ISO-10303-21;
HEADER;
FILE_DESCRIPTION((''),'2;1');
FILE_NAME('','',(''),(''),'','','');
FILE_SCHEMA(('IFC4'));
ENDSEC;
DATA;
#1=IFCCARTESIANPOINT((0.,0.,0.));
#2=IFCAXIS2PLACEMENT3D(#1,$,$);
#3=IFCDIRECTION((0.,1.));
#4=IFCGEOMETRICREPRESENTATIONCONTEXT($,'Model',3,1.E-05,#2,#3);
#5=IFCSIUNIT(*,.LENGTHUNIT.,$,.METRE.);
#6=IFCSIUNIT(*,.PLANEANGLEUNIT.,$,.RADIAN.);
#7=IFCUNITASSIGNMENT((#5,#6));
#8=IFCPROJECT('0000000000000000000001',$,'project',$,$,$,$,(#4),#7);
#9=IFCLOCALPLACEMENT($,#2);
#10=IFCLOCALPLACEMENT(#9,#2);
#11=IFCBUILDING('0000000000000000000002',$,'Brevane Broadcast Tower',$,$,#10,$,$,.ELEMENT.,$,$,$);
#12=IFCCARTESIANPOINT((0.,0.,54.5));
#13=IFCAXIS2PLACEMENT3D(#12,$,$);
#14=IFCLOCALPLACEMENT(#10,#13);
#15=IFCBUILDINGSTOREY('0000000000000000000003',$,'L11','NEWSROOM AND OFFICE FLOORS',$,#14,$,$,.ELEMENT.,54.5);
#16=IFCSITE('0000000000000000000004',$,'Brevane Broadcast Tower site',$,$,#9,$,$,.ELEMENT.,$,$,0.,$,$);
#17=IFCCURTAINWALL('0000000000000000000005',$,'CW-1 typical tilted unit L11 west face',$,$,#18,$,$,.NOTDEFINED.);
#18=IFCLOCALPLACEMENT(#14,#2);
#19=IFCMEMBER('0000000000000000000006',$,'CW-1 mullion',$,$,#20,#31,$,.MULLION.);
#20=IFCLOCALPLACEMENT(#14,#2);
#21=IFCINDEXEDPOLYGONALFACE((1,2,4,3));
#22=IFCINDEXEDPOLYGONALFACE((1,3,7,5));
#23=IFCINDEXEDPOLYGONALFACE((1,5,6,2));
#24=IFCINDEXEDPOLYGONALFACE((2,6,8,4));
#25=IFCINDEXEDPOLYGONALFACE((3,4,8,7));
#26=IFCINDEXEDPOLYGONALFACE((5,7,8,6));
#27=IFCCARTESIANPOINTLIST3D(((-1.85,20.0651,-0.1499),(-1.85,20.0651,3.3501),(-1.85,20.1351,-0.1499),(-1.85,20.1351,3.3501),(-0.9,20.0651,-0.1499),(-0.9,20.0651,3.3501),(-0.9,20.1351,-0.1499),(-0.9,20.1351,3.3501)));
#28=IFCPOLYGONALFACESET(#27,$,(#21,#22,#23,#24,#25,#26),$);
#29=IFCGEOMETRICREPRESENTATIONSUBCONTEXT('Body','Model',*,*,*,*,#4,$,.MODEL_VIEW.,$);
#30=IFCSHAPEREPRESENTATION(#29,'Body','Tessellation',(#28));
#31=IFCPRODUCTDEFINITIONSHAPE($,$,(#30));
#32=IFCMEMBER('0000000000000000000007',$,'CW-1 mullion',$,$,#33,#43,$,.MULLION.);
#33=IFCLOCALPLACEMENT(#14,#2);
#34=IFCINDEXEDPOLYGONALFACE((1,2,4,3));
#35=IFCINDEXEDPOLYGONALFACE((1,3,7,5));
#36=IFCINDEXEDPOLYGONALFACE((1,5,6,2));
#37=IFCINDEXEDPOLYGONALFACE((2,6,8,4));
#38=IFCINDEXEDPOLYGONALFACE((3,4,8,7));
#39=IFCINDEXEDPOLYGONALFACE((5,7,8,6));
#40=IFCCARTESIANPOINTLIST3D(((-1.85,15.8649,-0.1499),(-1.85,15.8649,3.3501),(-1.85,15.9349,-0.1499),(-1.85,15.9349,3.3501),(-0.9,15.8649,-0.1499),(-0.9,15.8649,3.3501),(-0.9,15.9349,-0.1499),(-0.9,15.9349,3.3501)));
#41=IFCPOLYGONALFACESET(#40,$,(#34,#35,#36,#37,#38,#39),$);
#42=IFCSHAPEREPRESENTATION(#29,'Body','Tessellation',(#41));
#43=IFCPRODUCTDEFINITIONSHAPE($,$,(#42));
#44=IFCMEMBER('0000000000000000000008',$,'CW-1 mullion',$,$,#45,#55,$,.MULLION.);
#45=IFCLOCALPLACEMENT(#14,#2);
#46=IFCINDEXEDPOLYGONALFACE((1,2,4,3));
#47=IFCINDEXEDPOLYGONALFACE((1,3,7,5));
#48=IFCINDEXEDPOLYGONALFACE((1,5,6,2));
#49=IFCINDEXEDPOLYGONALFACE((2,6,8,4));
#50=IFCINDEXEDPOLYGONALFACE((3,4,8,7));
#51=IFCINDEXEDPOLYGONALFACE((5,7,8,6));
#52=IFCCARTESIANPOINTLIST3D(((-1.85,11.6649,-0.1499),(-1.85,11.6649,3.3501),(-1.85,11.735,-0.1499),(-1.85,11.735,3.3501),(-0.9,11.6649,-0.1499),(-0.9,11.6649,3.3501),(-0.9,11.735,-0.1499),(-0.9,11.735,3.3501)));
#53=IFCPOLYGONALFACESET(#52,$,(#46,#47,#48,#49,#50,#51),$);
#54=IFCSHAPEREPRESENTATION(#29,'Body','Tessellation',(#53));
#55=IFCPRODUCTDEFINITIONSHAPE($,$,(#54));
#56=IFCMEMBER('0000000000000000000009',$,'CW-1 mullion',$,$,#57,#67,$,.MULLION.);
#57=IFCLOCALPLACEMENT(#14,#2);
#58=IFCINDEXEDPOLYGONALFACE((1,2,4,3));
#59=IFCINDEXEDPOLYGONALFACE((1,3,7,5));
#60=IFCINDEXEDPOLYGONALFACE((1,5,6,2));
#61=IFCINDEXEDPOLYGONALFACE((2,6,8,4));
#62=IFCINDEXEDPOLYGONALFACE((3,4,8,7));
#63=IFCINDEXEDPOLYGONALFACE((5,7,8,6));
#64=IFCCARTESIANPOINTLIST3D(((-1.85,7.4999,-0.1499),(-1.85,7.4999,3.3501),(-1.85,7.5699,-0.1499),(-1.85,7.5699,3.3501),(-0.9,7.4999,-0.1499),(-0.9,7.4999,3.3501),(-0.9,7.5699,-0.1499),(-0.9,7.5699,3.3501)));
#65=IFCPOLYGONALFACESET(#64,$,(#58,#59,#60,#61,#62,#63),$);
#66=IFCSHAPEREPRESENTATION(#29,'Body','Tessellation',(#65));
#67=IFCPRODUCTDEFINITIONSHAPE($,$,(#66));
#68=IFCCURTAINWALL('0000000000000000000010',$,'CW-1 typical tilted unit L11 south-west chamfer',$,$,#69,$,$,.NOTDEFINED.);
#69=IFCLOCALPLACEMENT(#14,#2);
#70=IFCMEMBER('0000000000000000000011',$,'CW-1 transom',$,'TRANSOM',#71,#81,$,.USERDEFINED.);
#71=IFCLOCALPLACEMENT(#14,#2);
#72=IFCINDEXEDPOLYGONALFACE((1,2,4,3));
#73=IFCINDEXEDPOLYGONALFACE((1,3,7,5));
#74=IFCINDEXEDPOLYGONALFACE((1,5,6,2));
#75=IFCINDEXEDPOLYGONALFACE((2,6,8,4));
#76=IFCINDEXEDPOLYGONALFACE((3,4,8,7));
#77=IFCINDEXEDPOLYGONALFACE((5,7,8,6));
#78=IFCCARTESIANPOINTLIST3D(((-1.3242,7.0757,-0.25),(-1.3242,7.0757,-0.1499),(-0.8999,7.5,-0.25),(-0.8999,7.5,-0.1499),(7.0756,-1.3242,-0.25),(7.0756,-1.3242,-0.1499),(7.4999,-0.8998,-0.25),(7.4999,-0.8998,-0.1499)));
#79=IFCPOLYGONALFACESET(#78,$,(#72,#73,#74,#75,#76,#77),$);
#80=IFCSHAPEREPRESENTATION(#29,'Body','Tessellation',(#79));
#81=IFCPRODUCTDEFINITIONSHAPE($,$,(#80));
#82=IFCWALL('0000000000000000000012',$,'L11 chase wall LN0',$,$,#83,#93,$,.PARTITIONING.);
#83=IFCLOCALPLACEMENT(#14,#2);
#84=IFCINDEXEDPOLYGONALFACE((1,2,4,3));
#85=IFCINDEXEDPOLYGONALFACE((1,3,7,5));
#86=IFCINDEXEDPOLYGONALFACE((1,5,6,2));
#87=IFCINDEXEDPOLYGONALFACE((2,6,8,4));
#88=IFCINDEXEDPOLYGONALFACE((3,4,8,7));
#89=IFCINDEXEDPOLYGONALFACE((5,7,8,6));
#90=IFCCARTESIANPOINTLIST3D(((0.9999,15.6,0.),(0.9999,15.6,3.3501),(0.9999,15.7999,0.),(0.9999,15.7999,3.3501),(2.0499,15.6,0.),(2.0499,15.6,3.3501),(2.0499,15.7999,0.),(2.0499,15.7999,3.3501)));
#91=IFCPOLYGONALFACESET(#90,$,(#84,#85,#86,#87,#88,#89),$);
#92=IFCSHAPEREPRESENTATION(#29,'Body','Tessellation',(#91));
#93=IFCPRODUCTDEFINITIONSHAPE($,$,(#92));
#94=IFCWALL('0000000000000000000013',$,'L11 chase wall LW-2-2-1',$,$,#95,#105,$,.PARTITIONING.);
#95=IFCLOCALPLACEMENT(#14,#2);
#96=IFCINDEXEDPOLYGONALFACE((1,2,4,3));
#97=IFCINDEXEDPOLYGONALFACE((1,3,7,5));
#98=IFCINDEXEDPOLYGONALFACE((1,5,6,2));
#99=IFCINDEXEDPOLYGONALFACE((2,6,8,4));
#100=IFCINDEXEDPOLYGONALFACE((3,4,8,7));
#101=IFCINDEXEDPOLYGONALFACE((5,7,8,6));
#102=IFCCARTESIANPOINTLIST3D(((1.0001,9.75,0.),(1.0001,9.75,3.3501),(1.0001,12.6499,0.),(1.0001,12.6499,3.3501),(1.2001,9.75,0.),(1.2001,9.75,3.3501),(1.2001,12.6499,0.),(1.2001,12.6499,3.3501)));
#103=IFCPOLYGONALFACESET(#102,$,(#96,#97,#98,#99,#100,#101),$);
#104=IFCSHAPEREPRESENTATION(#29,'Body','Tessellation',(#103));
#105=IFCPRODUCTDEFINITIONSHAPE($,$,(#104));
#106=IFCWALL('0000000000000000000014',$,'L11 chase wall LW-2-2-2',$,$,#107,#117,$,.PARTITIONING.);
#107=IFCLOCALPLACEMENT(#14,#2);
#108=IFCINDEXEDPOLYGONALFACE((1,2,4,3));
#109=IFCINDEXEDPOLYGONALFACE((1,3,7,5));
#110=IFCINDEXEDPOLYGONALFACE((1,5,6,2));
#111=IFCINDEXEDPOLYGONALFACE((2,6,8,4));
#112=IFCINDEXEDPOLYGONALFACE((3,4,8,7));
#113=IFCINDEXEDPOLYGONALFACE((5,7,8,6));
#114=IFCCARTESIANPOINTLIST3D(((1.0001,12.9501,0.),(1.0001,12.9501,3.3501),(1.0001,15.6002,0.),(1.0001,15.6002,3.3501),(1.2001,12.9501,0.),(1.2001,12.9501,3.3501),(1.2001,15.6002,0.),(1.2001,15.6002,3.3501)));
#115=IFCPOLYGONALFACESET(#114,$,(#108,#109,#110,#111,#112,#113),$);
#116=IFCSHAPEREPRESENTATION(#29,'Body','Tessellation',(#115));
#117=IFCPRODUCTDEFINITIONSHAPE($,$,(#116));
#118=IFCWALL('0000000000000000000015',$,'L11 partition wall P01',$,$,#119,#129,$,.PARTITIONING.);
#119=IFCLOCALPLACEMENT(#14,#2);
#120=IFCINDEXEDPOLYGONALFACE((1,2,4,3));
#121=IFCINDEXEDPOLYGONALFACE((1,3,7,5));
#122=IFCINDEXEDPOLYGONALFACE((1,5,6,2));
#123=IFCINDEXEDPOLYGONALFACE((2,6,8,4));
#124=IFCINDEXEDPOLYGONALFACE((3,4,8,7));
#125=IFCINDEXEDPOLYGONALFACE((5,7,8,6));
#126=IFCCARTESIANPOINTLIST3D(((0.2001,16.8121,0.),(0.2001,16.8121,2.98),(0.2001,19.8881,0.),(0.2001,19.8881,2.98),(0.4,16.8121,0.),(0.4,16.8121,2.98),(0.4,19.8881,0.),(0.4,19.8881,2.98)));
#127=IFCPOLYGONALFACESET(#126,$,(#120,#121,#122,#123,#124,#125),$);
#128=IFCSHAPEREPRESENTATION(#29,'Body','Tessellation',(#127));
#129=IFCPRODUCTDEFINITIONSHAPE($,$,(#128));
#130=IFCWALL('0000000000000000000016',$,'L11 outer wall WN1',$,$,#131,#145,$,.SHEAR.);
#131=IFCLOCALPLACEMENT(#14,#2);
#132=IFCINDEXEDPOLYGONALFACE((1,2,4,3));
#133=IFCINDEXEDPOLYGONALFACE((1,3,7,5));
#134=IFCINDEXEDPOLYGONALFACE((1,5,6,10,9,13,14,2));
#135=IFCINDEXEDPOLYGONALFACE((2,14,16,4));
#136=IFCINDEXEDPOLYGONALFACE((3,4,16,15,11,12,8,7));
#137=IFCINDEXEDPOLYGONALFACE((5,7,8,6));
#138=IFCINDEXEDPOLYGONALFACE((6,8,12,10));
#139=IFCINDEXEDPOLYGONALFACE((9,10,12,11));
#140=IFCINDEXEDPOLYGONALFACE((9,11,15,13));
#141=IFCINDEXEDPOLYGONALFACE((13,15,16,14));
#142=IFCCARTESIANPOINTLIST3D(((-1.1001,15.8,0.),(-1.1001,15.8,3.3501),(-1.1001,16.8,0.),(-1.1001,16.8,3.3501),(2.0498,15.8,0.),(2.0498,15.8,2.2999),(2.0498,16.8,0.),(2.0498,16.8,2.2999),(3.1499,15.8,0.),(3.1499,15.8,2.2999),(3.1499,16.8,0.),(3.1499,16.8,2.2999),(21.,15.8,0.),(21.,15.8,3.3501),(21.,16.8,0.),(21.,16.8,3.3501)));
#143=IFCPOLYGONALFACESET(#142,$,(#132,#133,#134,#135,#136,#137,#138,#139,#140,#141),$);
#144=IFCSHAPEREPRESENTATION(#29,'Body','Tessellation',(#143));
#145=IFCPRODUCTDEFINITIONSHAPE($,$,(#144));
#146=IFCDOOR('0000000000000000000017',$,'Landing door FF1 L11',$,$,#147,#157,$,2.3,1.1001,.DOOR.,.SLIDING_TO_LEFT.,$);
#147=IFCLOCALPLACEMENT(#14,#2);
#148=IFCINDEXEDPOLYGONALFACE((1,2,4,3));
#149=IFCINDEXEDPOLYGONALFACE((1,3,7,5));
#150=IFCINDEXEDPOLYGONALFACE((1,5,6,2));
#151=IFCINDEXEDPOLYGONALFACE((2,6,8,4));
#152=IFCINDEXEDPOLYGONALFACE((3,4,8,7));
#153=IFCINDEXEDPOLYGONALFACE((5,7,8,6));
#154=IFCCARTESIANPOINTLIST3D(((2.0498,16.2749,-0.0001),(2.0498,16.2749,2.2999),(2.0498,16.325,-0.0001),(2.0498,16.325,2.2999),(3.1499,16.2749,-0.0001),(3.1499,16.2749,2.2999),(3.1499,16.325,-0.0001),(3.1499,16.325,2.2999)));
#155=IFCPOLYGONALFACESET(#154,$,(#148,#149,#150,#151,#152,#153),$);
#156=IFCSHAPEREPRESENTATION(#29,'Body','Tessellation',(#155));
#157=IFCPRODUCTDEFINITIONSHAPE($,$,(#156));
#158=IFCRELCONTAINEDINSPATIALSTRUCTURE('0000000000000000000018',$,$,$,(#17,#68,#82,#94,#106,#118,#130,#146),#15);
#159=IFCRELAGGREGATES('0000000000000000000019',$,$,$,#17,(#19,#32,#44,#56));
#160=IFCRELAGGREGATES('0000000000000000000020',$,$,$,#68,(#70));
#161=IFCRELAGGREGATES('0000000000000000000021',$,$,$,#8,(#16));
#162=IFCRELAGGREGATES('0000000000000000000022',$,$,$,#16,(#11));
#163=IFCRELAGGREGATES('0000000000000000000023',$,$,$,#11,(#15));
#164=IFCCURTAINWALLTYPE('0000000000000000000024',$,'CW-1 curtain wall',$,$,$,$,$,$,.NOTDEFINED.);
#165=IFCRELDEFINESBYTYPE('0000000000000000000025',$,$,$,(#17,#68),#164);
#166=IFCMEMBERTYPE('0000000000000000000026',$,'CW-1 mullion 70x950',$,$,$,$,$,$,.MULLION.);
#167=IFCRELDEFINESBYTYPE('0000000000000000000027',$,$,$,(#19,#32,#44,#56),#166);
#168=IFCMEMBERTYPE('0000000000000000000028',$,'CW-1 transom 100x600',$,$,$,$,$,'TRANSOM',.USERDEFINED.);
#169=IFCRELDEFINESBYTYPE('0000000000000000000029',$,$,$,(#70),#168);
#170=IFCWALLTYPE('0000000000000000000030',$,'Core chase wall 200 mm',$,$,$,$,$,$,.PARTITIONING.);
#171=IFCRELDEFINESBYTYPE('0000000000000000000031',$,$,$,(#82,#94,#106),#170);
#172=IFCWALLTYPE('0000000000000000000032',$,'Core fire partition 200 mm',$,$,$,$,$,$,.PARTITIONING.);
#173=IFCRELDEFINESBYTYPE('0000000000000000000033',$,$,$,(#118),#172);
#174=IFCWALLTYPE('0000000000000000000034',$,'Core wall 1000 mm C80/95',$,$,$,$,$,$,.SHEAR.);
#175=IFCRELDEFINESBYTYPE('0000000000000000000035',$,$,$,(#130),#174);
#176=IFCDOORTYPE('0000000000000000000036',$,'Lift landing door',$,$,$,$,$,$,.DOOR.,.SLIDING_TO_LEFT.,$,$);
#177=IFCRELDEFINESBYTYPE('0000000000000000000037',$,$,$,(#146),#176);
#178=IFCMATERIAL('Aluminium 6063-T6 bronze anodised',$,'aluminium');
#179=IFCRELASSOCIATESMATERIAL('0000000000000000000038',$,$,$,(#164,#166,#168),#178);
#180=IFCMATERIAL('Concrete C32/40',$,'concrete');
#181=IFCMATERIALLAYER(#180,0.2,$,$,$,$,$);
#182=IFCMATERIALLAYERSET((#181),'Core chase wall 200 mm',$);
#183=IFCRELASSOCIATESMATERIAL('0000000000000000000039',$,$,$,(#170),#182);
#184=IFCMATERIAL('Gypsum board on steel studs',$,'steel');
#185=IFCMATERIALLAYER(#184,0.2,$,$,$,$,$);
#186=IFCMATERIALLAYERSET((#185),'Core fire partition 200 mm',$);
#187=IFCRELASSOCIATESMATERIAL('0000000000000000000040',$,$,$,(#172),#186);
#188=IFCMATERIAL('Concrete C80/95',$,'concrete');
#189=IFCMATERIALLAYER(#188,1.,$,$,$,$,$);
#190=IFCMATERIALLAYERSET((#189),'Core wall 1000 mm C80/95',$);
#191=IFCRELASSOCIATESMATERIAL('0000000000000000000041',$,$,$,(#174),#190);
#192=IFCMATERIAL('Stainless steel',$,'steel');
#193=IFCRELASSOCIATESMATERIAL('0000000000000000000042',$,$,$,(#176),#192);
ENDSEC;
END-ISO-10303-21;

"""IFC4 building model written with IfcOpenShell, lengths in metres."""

from ifc_helpers import new_model, si_unit, direction, frame, frame_2d, origin, origin_2d, place, context, subcontext, project, spatial, rectangle, extrude, material, layer, layer_set, material_profile, profile_set, type_object, element, fill, aggregate, save


model = new_model("IFC4")

# Units and contexts
model_context = context("Model", 3, precision=1e-05, world=origin(), true_north=direction((0.0, 1.0)))
body_context = subcontext(model_context, "Body", "Model", "MODEL_VIEW")
ifc_project = project(units=[si_unit("LENGTHUNIT", "METRE"), si_unit("PLANEANGLEUNIT", "RADIAN")], contexts=[model_context])

# Site, building, storey
site_placement = place(None, origin())
site = spatial("IfcSite", under=ifc_project, at=site_placement, Name="Brevane Broadcast Tower site", CompositionType="ELEMENT", RefElevation=0.0)
building_placement = place(site_placement, origin())
building = spatial("IfcBuilding", under=site, at=building_placement, Name="Brevane Broadcast Tower", CompositionType="ELEMENT")
storey_placement = place(building_placement, frame((0.0, 0.0, 54.5)))
storey = spatial("IfcBuildingStorey", under=building, at=storey_placement, Name="L11", Description="NEWSROOM AND OFFICE FLOORS", CompositionType="ELEMENT", Elevation=54.5)

# Curtain wall, members
ifc_material_1 = material(Name="Aluminium 6063-T6 bronze anodised", Category="aluminium")
curtain_wall_type = type_object("IfcCurtainWallType", Name="CW-1 curtain wall", PredefinedType="NOTDEFINED", material=ifc_material_1)
curtain_wall_1_placement = place(storey_placement, origin())
curtain_wall_1 = element("IfcCurtainWall", 1, at=curtain_wall_1_placement, inside=storey, type_object=curtain_wall_type, Name="CW-1 typical tilted unit L11 west face", PredefinedType="NOTDEFINED")
ifc_material_profile_1 = material_profile(ifc_material_1, rectangle(XDim=0.95, YDim=0.0701, at=origin_2d()), Name="RECT 70x950")
ifc_profile_set_1 = profile_set([ifc_material_profile_1], Name="Aluminium 6063-T6 bronze anodised")
member_type_1 = type_object("IfcMemberType", Name="CW-1 mullion 70x950", PredefinedType="MULLION", material=ifc_profile_set_1)
member_1_placement = place(storey_placement, frame((-1.375, 20.1001, -0.1499), z_axis=(0.0, 0.0, 1.0), x_axis=(1.0, 0.0, 0.0)))
member_1 = element("IfcMember", 2, at=member_1_placement, type_object=member_type_1, Name="CW-1 mullion", PredefinedType="MULLION", context=body_context, shape_type="SweptSolid", body=[
    extrude(rectangle(XDim=0.95, YDim=0.0701, at=origin_2d()), origin(), (0.0, 0.0, 1.0), 3.5),
])
member_2_placement = place(storey_placement, frame((-1.375, 15.8999, -0.1499), z_axis=(0.0, 0.0, 1.0), x_axis=(1.0, 0.0, 0.0)))
member_2 = element("IfcMember", 3, at=member_2_placement, type_object=member_type_1, Name="CW-1 mullion", PredefinedType="MULLION", context=body_context, shape_type="SweptSolid", body=[
    extrude(rectangle(XDim=0.95, YDim=0.0701, at=origin_2d()), origin(), (0.0, 0.0, 1.0), 3.5),
])
member_3_placement = place(storey_placement, frame((-1.375, 11.7, -0.1499), z_axis=(0.0, 0.0, 1.0), x_axis=(1.0, 0.0, 0.0)))
member_3 = element("IfcMember", 4, at=member_3_placement, type_object=member_type_1, Name="CW-1 mullion", PredefinedType="MULLION", context=body_context, shape_type="SweptSolid", body=[
    extrude(rectangle(XDim=0.95, YDim=0.0701, at=origin_2d()), origin(), (0.0, 0.0, 1.0), 3.5),
])
member_4_placement = place(storey_placement, frame((-1.375, 7.5349, -0.1499), z_axis=(0.0, 0.0, 1.0), x_axis=(1.0, 0.0, 0.0)))
member_4 = element("IfcMember", 5, at=member_4_placement, type_object=member_type_1, Name="CW-1 mullion", PredefinedType="MULLION", context=body_context, shape_type="SweptSolid", body=[
    extrude(rectangle(XDim=0.95, YDim=0.0701, at=origin_2d()), origin(), (0.0, 0.0, 1.0), 3.5),
])
aggregate(curtain_wall_1, [member_1, member_2, member_3, member_4])

# Curtain wall, member
curtain_wall_2_placement = place(storey_placement, origin())
curtain_wall_2 = element("IfcCurtainWall", 6, at=curtain_wall_2_placement, inside=storey, type_object=curtain_wall_type, Name="CW-1 typical tilted unit L11 south-west chamfer", PredefinedType="NOTDEFINED")
ifc_material_profile_2 = material_profile(ifc_material_1, rectangle(XDim=0.6001, YDim=0.1001, at=origin_2d()), Name="RECT 100x600")
ifc_profile_set_2 = profile_set([ifc_material_profile_2], Name="Aluminium 6063-T6 bronze anodised")
member_type_2 = type_object("IfcMemberType", Name="CW-1 transom 100x600", ElementType="TRANSOM", PredefinedType="USERDEFINED", material=ifc_profile_set_2)
member_5_placement = place(storey_placement, frame((-1.1121, 7.2878, -0.2), z_axis=(0.707107, -0.707107, 0.0), x_axis=(0.707107, 0.707107, 0.0)))
member_5 = element("IfcMember", 7, at=member_5_placement, type_object=member_type_2, Name="CW-1 transom", ObjectType="TRANSOM", PredefinedType="USERDEFINED", context=body_context, shape_type="SweptSolid", body=[
    extrude(rectangle(XDim=0.6001, YDim=0.1001, at=origin_2d()), origin(), (0.0, 0.0, 1.0), 11.8792),
])
aggregate(curtain_wall_2, [member_5])

# Walls
ifc_material_2 = material(Name="Concrete C32/40", Category="concrete")
ifc_layer_1 = layer(ifc_material_2, 0.2)
ifc_layer_set_1 = layer_set([ifc_layer_1], Name="Core chase wall 200 mm")
wall_type_1 = type_object("IfcWallType", Name="Core chase wall 200 mm", PredefinedType="PARTITIONING", material=ifc_layer_set_1)
wall_1_placement = place(storey_placement, frame((1.0, 15.7, 0.0), z_axis=(0.0, 0.0, 1.0), x_axis=(1.0, 0.0, 0.0)))
element("IfcWall", 8, at=wall_1_placement, inside=storey, type_object=wall_type_1, Name="L11 chase wall LN0", PredefinedType="PARTITIONING", context=body_context, shape_type="SweptSolid", body=[
    extrude(rectangle(XDim=1.05, YDim=0.2, at=frame_2d((0.5249, 0.0))), origin(), (0.0, 0.0, 1.0), 3.3501),
])
wall_2_placement = place(storey_placement, frame((1.1001, 9.75, 0.0), z_axis=(0.0, 0.0, 1.0), x_axis=(0.0, 1.0, 0.0)))
element("IfcWall", 9, at=wall_2_placement, inside=storey, type_object=wall_type_1, Name="L11 chase wall LW-2-2-1", PredefinedType="PARTITIONING", context=body_context, shape_type="SweptSolid", body=[
    extrude(rectangle(XDim=2.8999, YDim=0.2, at=frame_2d((1.45, 0.0))), origin(), (0.0, 0.0, 1.0), 3.3501),
])
wall_3_placement = place(storey_placement, frame((1.1001, 12.95, 0.0), z_axis=(0.0, 0.0, 1.0), x_axis=(0.0, 1.0, 0.0)))
element("IfcWall", 10, at=wall_3_placement, inside=storey, type_object=wall_type_1, Name="L11 chase wall LW-2-2-2", PredefinedType="PARTITIONING", context=body_context, shape_type="SweptSolid", body=[
    extrude(rectangle(XDim=2.6501, YDim=0.2, at=frame_2d((1.3252, 0.0))), origin(), (0.0, 0.0, 1.0), 3.3501),
])
ifc_material_3 = material(Name="Gypsum board on steel studs", Category="steel")
ifc_layer_2 = layer(ifc_material_3, 0.2)
ifc_layer_set_2 = layer_set([ifc_layer_2], Name="Core fire partition 200 mm")
wall_type_2 = type_object("IfcWallType", Name="Core fire partition 200 mm", PredefinedType="PARTITIONING", material=ifc_layer_set_2)
wall_4_placement = place(storey_placement, frame((0.3, 16.812, 0.0), z_axis=(0.0, 0.0, 1.0), x_axis=(0.0, 1.0, 0.0)))
element("IfcWall", 11, at=wall_4_placement, inside=storey, type_object=wall_type_2, Name="L11 partition wall P01", PredefinedType="PARTITIONING", context=body_context, shape_type="SweptSolid", body=[
    extrude(rectangle(XDim=3.0759, YDim=0.2, at=frame_2d((1.5381, 0.0))), origin(), (0.0, 0.0, 1.0), 2.98),
])

# Wall, opening, door
ifc_material_4 = material(Name="Concrete C80/95", Category="concrete")
ifc_layer_3 = layer(ifc_material_4, 1.0)
ifc_layer_set_3 = layer_set([ifc_layer_3], Name="Core wall 1000 mm C80/95")
wall_type_3 = type_object("IfcWallType", Name="Core wall 1000 mm C80/95", PredefinedType="SHEAR", material=ifc_layer_set_3)
wall_5_placement = place(storey_placement, frame((-1.1001, 16.3, 0.0), z_axis=(0.0, 0.0, 1.0), x_axis=(1.0, 0.0, 0.0)))
wall_5 = element("IfcWall", 12, at=wall_5_placement, inside=storey, type_object=wall_type_3, Name="L11 outer wall WN1", PredefinedType="SHEAR", context=body_context, shape_type="SweptSolid", body=[
    extrude(rectangle(XDim=22.1001, YDim=1.0, at=frame_2d((11.05, 0.0))), origin(), (0.0, 0.0, 1.0), 3.3501),
])
opening_1_placement = place(wall_5_placement, frame((3.1499, 0.0, 0.0)))
opening_1 = element("IfcOpeningElement", 13, at=opening_1_placement, cuts=wall_5, PredefinedType="OPENING", context=body_context, shape_type="SweptSolid", body=[
    extrude(rectangle(XDim=1.1001, YDim=2.3, at=frame_2d((0.55, 1.1499))), frame((0.0, 0.51, 0.0), z_axis=(0.0, -1.0, 0.0), x_axis=(1.0, 0.0, 0.0)), (0.0, 0.0, 1.0), 1.02),
])
ifc_material_5 = material(Name="Stainless steel", Category="steel")
door_type = type_object("IfcDoorType", Name="Lift landing door", OperationType="SLIDING_TO_LEFT", PredefinedType="DOOR", material=ifc_material_5)
door_1_placement = place(opening_1_placement, origin())
door_1 = element("IfcDoor", 14, at=door_1_placement, inside=storey, type_object=door_type, Name="Landing door FF1 L11", OperationType="SLIDING_TO_LEFT", OverallHeight=2.3, OverallWidth=1.1001, PredefinedType="DOOR", context=body_context, shape_type="SweptSolid", body=[
    extrude(rectangle(XDim=1.1001, YDim=2.3, at=frame_2d((0.55, 1.1499))), frame((0.0, 0.0249, 0.0), z_axis=(0.0, -1.0, 0.0), x_axis=(1.0, 0.0, 0.0)), (0.0, 0.0, 1.0), 0.05),
])
fill(opening_1, door_1)

save(model, "model.ifc")
